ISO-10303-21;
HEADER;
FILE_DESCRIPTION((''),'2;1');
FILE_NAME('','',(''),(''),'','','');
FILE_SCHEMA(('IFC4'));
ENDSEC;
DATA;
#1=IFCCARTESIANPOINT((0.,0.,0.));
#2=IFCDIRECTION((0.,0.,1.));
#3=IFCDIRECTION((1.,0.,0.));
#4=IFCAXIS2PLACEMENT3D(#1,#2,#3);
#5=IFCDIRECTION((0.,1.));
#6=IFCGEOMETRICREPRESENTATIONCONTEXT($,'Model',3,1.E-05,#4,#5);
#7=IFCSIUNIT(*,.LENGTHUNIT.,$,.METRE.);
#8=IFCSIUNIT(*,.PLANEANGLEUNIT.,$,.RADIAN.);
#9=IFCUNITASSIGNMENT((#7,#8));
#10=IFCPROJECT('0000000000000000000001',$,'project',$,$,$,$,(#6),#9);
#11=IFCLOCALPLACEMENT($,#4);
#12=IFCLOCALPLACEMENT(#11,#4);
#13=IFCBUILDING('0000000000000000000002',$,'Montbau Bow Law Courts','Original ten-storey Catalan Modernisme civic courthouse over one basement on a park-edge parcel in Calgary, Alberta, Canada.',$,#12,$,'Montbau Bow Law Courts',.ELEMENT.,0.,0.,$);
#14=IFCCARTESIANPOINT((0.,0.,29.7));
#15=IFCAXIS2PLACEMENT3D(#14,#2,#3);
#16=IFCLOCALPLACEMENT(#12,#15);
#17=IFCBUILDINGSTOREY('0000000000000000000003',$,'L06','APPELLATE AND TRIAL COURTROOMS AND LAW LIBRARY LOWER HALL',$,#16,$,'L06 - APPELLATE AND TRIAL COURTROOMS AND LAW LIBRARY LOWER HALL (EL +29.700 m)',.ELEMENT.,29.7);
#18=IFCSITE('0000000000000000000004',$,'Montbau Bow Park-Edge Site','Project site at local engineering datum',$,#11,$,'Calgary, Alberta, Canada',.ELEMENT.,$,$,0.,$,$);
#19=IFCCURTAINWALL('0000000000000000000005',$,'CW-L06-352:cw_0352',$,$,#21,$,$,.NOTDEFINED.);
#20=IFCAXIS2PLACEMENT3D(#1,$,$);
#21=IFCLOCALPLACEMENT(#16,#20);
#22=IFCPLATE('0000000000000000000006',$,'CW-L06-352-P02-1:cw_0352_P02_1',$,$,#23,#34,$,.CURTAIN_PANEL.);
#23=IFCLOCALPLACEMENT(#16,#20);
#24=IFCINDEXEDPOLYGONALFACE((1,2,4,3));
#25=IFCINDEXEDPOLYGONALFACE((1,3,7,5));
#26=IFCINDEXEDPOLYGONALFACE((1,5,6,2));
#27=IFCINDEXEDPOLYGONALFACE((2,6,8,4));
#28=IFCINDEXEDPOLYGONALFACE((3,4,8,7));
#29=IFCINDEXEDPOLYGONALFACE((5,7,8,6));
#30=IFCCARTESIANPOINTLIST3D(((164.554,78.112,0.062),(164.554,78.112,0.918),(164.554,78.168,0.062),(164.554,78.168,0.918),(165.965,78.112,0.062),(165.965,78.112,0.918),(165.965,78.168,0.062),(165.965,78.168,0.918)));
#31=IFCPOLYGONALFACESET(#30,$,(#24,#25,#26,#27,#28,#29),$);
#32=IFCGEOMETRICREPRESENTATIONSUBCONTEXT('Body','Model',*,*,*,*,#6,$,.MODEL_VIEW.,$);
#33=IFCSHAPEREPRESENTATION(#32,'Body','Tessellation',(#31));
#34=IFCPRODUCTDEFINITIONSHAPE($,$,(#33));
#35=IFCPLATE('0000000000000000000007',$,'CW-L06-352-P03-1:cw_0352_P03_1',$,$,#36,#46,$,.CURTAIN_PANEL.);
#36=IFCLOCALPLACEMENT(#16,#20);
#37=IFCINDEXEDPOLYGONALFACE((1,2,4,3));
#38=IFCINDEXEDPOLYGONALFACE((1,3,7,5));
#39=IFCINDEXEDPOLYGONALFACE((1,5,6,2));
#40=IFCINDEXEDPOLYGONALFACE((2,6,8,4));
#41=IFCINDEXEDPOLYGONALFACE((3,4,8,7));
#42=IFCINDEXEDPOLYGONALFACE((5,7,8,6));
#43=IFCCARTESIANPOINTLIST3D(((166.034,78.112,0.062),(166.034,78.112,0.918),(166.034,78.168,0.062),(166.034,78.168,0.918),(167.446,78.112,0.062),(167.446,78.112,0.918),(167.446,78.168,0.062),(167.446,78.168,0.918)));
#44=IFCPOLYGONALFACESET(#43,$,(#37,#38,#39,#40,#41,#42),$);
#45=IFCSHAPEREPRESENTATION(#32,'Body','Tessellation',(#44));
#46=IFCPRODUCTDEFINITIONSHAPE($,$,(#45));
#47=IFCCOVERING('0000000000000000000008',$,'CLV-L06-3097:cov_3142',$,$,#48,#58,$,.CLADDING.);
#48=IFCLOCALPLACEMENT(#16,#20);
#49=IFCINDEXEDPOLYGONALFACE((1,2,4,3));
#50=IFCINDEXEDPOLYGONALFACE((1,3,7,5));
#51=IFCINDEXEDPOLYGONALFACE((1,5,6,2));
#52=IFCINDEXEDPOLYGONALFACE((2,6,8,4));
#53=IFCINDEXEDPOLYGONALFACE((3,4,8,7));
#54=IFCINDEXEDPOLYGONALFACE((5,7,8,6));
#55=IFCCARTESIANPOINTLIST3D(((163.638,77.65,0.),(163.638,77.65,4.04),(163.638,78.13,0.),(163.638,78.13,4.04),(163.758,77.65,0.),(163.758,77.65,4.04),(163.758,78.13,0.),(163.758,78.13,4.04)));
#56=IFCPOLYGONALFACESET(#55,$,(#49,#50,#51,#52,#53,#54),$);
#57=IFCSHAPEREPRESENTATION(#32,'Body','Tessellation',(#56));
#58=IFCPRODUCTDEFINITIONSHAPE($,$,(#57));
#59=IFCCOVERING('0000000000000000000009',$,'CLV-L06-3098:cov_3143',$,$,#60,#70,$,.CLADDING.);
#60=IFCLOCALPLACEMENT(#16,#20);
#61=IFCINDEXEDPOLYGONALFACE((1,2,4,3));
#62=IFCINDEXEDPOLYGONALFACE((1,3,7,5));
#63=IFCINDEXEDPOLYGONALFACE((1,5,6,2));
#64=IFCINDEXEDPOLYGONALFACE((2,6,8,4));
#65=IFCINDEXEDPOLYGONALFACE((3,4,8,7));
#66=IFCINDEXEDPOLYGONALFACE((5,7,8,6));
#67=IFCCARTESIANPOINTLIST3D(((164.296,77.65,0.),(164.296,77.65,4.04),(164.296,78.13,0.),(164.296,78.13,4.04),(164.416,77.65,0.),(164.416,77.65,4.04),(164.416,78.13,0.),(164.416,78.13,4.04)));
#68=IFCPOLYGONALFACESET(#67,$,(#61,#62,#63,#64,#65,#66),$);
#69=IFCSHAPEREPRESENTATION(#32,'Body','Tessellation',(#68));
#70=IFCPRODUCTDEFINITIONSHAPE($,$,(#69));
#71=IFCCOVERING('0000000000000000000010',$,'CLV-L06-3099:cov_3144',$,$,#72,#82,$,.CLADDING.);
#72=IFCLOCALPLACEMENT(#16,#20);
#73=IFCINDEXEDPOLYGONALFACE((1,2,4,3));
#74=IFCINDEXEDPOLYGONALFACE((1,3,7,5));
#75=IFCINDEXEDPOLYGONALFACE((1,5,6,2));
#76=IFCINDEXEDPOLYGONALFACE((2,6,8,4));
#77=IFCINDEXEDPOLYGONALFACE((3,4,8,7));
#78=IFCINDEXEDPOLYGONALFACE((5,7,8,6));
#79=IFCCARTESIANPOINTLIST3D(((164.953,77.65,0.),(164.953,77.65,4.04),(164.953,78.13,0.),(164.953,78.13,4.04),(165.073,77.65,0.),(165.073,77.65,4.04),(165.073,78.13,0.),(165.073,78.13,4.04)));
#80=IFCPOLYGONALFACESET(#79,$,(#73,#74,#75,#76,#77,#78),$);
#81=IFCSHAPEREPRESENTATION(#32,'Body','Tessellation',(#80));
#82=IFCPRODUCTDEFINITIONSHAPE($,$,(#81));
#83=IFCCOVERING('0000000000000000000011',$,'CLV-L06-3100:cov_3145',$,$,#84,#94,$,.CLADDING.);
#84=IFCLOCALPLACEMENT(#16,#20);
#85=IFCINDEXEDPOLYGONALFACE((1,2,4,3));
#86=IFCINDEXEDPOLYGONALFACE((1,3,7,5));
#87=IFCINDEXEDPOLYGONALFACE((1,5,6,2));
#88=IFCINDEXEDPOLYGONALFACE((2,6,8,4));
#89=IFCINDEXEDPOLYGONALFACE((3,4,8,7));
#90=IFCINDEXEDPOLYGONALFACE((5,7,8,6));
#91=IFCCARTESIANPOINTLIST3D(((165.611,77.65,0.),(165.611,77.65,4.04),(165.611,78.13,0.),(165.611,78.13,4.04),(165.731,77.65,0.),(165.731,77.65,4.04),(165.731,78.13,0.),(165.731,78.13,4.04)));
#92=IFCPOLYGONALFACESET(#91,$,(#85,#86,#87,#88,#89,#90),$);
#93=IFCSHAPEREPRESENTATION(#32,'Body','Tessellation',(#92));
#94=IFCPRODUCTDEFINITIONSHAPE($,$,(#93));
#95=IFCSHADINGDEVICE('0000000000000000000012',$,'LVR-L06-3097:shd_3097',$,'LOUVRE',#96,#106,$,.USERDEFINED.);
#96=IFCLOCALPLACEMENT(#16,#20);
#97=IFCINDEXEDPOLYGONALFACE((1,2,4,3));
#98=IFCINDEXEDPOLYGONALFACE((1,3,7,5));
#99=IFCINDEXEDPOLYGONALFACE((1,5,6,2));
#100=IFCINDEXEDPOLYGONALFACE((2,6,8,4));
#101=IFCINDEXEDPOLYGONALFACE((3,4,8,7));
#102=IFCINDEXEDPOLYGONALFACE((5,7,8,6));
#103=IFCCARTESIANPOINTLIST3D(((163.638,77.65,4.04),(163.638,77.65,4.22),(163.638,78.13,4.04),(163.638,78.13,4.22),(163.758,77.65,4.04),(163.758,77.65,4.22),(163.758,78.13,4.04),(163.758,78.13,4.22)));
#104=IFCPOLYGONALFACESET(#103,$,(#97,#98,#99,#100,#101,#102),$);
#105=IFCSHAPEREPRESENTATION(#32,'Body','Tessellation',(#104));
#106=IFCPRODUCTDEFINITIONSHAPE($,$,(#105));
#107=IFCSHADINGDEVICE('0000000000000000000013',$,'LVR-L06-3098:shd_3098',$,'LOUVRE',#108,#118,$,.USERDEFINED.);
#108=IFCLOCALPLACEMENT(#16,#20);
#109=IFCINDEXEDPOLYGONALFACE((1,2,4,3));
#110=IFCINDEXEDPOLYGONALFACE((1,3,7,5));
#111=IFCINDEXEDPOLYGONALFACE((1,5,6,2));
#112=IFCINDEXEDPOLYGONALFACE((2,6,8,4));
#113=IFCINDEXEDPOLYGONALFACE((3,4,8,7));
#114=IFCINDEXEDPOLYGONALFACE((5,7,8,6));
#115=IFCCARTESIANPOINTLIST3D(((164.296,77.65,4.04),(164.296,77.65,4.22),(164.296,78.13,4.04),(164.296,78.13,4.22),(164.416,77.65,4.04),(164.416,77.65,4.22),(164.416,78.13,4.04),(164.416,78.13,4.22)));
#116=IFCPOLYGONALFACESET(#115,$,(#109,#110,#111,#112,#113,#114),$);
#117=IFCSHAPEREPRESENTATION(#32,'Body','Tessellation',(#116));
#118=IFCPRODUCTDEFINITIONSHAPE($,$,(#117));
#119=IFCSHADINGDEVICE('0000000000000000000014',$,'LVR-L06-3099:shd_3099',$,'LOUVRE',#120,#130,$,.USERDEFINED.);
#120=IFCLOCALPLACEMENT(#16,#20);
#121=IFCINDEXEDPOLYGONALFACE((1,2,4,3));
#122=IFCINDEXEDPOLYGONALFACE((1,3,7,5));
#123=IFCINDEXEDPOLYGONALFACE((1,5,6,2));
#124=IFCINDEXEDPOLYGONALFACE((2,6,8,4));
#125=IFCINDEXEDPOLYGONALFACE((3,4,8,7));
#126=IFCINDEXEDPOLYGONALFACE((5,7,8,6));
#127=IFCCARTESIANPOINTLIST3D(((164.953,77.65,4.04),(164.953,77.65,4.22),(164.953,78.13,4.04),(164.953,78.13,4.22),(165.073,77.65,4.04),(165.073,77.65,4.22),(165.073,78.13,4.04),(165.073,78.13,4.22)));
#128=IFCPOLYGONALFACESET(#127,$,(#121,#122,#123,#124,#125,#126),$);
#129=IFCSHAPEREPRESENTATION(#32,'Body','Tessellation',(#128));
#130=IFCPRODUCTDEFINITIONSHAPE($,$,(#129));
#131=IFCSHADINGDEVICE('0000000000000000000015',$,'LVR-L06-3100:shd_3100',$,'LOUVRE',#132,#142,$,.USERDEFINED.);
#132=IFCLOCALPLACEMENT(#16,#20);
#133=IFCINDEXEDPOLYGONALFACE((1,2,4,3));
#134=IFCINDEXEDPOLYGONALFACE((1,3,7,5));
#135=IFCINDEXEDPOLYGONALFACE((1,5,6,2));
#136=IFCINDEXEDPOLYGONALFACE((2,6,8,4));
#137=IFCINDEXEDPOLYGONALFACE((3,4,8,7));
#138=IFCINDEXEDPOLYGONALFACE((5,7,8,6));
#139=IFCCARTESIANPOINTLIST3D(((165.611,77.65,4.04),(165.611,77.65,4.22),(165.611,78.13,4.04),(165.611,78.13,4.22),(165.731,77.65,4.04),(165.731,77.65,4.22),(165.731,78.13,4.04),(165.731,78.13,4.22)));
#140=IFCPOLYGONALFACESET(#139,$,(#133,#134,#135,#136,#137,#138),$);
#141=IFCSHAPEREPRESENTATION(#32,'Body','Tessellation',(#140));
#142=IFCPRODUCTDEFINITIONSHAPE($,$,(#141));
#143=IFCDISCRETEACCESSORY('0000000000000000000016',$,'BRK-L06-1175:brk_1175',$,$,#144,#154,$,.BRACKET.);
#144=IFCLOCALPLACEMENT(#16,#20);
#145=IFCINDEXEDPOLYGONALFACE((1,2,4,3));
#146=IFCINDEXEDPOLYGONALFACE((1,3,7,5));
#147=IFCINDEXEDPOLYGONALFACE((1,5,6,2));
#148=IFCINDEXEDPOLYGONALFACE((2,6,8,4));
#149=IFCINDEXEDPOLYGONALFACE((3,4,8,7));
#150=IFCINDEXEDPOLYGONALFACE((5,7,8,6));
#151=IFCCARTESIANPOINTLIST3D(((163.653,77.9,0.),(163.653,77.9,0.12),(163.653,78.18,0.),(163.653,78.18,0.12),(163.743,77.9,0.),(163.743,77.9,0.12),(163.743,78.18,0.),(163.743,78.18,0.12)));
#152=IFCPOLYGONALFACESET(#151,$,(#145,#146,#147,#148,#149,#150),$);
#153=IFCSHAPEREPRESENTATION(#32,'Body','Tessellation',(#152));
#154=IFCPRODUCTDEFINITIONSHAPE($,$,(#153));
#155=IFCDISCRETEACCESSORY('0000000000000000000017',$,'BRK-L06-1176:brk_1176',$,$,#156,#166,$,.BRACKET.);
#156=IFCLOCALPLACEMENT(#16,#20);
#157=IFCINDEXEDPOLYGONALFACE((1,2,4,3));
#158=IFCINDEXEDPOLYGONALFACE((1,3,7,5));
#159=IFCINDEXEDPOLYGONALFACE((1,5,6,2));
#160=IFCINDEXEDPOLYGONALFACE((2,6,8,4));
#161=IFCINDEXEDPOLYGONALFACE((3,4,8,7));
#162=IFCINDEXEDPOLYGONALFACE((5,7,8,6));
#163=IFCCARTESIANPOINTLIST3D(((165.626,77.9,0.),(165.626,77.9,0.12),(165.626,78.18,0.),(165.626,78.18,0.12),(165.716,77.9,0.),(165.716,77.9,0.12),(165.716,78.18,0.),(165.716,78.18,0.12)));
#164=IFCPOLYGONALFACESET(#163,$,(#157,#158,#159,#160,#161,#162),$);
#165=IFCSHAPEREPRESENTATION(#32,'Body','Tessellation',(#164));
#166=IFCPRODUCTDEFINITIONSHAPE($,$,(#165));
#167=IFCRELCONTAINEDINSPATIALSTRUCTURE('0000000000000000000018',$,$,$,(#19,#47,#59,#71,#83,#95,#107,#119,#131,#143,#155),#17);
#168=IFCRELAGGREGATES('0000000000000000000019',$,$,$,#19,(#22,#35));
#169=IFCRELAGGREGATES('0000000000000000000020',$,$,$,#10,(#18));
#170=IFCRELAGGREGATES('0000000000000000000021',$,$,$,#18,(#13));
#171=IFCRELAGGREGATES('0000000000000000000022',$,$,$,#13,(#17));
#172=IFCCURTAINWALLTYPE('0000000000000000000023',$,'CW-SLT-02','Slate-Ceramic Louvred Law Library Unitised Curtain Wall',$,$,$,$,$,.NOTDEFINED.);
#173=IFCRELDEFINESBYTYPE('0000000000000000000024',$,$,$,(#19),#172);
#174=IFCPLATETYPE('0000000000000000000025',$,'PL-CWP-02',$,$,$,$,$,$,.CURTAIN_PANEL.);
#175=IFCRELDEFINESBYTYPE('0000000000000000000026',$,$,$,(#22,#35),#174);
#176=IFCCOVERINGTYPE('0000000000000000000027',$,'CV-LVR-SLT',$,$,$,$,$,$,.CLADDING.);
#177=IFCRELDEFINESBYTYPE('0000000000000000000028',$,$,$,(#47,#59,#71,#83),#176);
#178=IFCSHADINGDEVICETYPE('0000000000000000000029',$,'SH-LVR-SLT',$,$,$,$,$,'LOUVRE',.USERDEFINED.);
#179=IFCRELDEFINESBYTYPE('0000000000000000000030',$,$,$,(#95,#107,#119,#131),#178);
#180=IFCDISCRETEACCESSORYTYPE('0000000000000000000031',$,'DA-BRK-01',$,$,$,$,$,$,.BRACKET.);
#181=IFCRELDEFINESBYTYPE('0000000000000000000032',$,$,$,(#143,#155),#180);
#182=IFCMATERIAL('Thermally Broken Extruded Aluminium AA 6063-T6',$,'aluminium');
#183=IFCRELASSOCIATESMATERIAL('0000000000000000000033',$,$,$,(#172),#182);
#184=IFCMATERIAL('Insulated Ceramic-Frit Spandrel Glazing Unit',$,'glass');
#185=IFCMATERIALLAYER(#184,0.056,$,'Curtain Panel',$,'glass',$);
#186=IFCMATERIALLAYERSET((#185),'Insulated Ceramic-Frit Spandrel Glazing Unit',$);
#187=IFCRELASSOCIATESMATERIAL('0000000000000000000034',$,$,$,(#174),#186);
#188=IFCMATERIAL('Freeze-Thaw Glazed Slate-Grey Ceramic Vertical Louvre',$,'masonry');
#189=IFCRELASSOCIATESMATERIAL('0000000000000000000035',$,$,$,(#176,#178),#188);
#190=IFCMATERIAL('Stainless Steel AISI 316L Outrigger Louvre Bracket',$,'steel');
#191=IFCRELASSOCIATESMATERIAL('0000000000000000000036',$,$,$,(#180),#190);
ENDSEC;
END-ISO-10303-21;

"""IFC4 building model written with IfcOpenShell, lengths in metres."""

from ifc_helpers import new_model, si_unit, direction, frame, frame_2d, origin_with_axes, origin_2d_with_axis, place, context, subcontext, project, spatial, rectangle, extrude, material, layer, layer_set, type_object, element, aggregate, save


model = new_model("IFC4")

# Units and contexts
model_context = context("Model", 3, precision=1e-05, world=origin_with_axes(), true_north=direction((0.0, 1.0)))
body_context = subcontext(model_context, "Body", "Model", "MODEL_VIEW")
ifc_project = project(units=[si_unit("LENGTHUNIT", "METRE"), si_unit("PLANEANGLEUNIT", "RADIAN")], contexts=[model_context])

# Site, building, storey
site_placement = place(None, origin_with_axes())
site = spatial("IfcSite", under=ifc_project, at=site_placement, Name="Montbau Bow Park-Edge Site", Description="Project site at local engineering datum", LongName="Calgary, Alberta, Canada", CompositionType="ELEMENT", RefElevation=0.0)
building_placement = place(site_placement, origin_with_axes())
building = spatial("IfcBuilding", under=site, at=building_placement, Name="Montbau Bow Law Courts", Description="Original ten-storey Catalan Modernisme civic courthouse over one basement on a park-edge parcel in Calgary, Alberta, Canada.", LongName="Montbau Bow Law Courts", CompositionType="ELEMENT", ElevationOfRefHeight=0.0, ElevationOfTerrain=0.0)
storey_placement = place(building_placement, frame((0.0, 0.0, 29.7), z_axis=(0.0, 0.0, 1.0), x_axis=(1.0, 0.0, 0.0)))
storey = spatial("IfcBuildingStorey", under=building, at=storey_placement, Name="L06", Description="APPELLATE AND TRIAL COURTROOMS AND LAW LIBRARY LOWER HALL", LongName="L06 - APPELLATE AND TRIAL COURTROOMS AND LAW LIBRARY LOWER HALL (EL +29.700 m)", CompositionType="ELEMENT", Elevation=29.7)

# Curtain wall, plates
ifc_material_1 = material(Name="Thermally Broken Extruded Aluminium AA 6063-T6", Category="aluminium")
curtain_wall_type = type_object("IfcCurtainWallType", Name="CW-SLT-02", Description="Slate-Ceramic Louvred Law Library Unitised Curtain Wall", PredefinedType="NOTDEFINED", material=ifc_material_1)
curtain_wall_placement = place(None, frame((163.04, 78.14, 29.7), z_axis=(0.0, 0.0, 1.0), x_axis=(1.0, 0.0, 0.0)))
curtain_wall = element("IfcCurtainWall", 1, at=curtain_wall_placement, inside=storey, type_object=curtain_wall_type, Name="CW-L06-352:cw_0352", PredefinedType="NOTDEFINED")
ifc_material_2 = material(Name="Insulated Ceramic-Frit Spandrel Glazing Unit", Category="glass")
ifc_layer_1 = layer(ifc_material_2, 0.056, Name="Curtain Panel", Category="glass")
ifc_layer_set_1 = layer_set([ifc_layer_1], Name="Insulated Ceramic-Frit Spandrel Glazing Unit")
plate_type_1 = type_object("IfcPlateType", Name="PL-CWP-02", PredefinedType="CURTAIN_PANEL", material=ifc_layer_set_1)
plate_1_placement = place(None, frame((164.554, 78.14, 29.762), z_axis=(0.0, -1.0, 0.0), x_axis=(1.0, 0.0, 0.0)))
plate_1 = element("IfcPlate", 2, at=plate_1_placement, type_object=plate_type_1, Name="CW-L06-352-P02-1:cw_0352_P02_1", PredefinedType="CURTAIN_PANEL", context=body_context, shape_type="SweptSolid", body=[
    extrude(rectangle(XDim=1.411, YDim=0.856, at=frame_2d((0.7055, 0.428), x_axis=(1.0, 0.0))), frame((0.0, 0.0, -0.028), z_axis=(0.0, 0.0, 1.0), x_axis=(1.0, 0.0, 0.0)), (0.0, 0.0, 1.0), 0.056),
])
plate_2_placement = place(None, frame((166.034, 78.14, 29.762), z_axis=(0.0, -1.0, 0.0), x_axis=(1.0, 0.0, 0.0)))
plate_2 = element("IfcPlate", 3, at=plate_2_placement, type_object=plate_type_1, Name="CW-L06-352-P03-1:cw_0352_P03_1", PredefinedType="CURTAIN_PANEL", context=body_context, shape_type="SweptSolid", body=[
    extrude(rectangle(XDim=1.412, YDim=0.856, at=frame_2d((0.706, 0.428), x_axis=(1.0, 0.0))), frame((0.0, 0.0, -0.028), z_axis=(0.0, 0.0, 1.0), x_axis=(1.0, 0.0, 0.0)), (0.0, 0.0, 1.0), 0.056),
])
aggregate(curtain_wall, [plate_1, plate_2])

# Coverings
ifc_material_3 = material(Name="Freeze-Thaw Glazed Slate-Grey Ceramic Vertical Louvre", Category="masonry")
covering_type = type_object("IfcCoveringType", Name="CV-LVR-SLT", PredefinedType="CLADDING", material=ifc_material_3)
for number, where, z_axis, x_axis, name in (
    (4, (163.698, 78.13, 29.7), (-1.0, 0.0, 0.0), (0.0, -1.0, 0.0), "CLV-L06-3097:cov_3142"),
    (5, (164.356, 78.13, 29.7), (-1.0, 0.0, 0.0), (0.0, -1.0, 0.0), "CLV-L06-3098:cov_3143"),
    (6, (165.013, 78.13, 29.7), (-1.0, 0.0, 0.0), (0.0, -1.0, 0.0), "CLV-L06-3099:cov_3144"),
    (7, (165.671, 78.13, 29.7), (-1.0, 0.0, 0.0), (0.0, -1.0, 0.0), "CLV-L06-3100:cov_3145"),
):
    element("IfcCovering", number, at=place(None, frame(where, z_axis=z_axis, x_axis=x_axis)), inside=storey, type_object=covering_type, Name=name, PredefinedType="CLADDING", context=body_context, shape_type="SweptSolid", body=[
        extrude(rectangle(XDim=0.48, YDim=4.04, at=frame_2d((0.24, 2.02), x_axis=(1.0, 0.0))), frame((0.0, 0.0, -0.06), z_axis=(0.0, 0.0, 1.0), x_axis=(1.0, 0.0, 0.0)), (0.0, 0.0, 1.0), 0.12),
    ])

# Shading devices
shading_device_type = type_object("IfcShadingDeviceType", Name="SH-LVR-SLT", ElementType="LOUVRE", PredefinedType="USERDEFINED", material=ifc_material_3)
for number, where, z_axis, x_axis, name in (
    (8, (163.698, 77.89, 33.74), (0.0, 0.0, 1.0), (0.0, -1.0, 0.0), "LVR-L06-3097:shd_3097"),
    (9, (164.356, 77.89, 33.74), (0.0, 0.0, 1.0), (0.0, -1.0, 0.0), "LVR-L06-3098:shd_3098"),
    (10, (165.013, 77.89, 33.74), (0.0, 0.0, 1.0), (0.0, -1.0, 0.0), "LVR-L06-3099:shd_3099"),
    (11, (165.671, 77.89, 33.74), (0.0, 0.0, 1.0), (0.0, -1.0, 0.0), "LVR-L06-3100:shd_3100"),
):
    element("IfcShadingDevice", number, at=place(None, frame(where, z_axis=z_axis, x_axis=x_axis)), inside=storey, type_object=shading_device_type, Name=name, ObjectType="LOUVRE", PredefinedType="USERDEFINED", context=body_context, shape_type="SweptSolid", body=[
        extrude(rectangle(XDim=0.48, YDim=0.12, at=origin_2d_with_axis()), origin_with_axes(), (0.0, 0.0, 1.0), 0.18),
    ])

# Discrete accessories
ifc_material_4 = material(Name="Stainless Steel AISI 316L Outrigger Louvre Bracket", Category="steel")
discrete_accessory_type = type_object("IfcDiscreteAccessoryType", Name="DA-BRK-01", PredefinedType="BRACKET", material=ifc_material_4)
for number, where, z_axis, x_axis, name in (
    (12, (163.698, 78.04, 29.7), (0.0, 0.0, 1.0), (0.0, -1.0, 0.0), "BRK-L06-1175:brk_1175"),
    (13, (165.671, 78.04, 29.7), (0.0, 0.0, 1.0), (0.0, -1.0, 0.0), "BRK-L06-1176:brk_1176"),
):
    element("IfcDiscreteAccessory", number, at=place(None, frame(where, z_axis=z_axis, x_axis=x_axis)), inside=storey, type_object=discrete_accessory_type, Name=name, PredefinedType="BRACKET", context=body_context, shape_type="SweptSolid", body=[
        extrude(rectangle(XDim=0.28, YDim=0.09, at=origin_2d_with_axis()), origin_with_axes(), (0.0, 0.0, 1.0), 0.12),
    ])

save(model, "model.ifc")
